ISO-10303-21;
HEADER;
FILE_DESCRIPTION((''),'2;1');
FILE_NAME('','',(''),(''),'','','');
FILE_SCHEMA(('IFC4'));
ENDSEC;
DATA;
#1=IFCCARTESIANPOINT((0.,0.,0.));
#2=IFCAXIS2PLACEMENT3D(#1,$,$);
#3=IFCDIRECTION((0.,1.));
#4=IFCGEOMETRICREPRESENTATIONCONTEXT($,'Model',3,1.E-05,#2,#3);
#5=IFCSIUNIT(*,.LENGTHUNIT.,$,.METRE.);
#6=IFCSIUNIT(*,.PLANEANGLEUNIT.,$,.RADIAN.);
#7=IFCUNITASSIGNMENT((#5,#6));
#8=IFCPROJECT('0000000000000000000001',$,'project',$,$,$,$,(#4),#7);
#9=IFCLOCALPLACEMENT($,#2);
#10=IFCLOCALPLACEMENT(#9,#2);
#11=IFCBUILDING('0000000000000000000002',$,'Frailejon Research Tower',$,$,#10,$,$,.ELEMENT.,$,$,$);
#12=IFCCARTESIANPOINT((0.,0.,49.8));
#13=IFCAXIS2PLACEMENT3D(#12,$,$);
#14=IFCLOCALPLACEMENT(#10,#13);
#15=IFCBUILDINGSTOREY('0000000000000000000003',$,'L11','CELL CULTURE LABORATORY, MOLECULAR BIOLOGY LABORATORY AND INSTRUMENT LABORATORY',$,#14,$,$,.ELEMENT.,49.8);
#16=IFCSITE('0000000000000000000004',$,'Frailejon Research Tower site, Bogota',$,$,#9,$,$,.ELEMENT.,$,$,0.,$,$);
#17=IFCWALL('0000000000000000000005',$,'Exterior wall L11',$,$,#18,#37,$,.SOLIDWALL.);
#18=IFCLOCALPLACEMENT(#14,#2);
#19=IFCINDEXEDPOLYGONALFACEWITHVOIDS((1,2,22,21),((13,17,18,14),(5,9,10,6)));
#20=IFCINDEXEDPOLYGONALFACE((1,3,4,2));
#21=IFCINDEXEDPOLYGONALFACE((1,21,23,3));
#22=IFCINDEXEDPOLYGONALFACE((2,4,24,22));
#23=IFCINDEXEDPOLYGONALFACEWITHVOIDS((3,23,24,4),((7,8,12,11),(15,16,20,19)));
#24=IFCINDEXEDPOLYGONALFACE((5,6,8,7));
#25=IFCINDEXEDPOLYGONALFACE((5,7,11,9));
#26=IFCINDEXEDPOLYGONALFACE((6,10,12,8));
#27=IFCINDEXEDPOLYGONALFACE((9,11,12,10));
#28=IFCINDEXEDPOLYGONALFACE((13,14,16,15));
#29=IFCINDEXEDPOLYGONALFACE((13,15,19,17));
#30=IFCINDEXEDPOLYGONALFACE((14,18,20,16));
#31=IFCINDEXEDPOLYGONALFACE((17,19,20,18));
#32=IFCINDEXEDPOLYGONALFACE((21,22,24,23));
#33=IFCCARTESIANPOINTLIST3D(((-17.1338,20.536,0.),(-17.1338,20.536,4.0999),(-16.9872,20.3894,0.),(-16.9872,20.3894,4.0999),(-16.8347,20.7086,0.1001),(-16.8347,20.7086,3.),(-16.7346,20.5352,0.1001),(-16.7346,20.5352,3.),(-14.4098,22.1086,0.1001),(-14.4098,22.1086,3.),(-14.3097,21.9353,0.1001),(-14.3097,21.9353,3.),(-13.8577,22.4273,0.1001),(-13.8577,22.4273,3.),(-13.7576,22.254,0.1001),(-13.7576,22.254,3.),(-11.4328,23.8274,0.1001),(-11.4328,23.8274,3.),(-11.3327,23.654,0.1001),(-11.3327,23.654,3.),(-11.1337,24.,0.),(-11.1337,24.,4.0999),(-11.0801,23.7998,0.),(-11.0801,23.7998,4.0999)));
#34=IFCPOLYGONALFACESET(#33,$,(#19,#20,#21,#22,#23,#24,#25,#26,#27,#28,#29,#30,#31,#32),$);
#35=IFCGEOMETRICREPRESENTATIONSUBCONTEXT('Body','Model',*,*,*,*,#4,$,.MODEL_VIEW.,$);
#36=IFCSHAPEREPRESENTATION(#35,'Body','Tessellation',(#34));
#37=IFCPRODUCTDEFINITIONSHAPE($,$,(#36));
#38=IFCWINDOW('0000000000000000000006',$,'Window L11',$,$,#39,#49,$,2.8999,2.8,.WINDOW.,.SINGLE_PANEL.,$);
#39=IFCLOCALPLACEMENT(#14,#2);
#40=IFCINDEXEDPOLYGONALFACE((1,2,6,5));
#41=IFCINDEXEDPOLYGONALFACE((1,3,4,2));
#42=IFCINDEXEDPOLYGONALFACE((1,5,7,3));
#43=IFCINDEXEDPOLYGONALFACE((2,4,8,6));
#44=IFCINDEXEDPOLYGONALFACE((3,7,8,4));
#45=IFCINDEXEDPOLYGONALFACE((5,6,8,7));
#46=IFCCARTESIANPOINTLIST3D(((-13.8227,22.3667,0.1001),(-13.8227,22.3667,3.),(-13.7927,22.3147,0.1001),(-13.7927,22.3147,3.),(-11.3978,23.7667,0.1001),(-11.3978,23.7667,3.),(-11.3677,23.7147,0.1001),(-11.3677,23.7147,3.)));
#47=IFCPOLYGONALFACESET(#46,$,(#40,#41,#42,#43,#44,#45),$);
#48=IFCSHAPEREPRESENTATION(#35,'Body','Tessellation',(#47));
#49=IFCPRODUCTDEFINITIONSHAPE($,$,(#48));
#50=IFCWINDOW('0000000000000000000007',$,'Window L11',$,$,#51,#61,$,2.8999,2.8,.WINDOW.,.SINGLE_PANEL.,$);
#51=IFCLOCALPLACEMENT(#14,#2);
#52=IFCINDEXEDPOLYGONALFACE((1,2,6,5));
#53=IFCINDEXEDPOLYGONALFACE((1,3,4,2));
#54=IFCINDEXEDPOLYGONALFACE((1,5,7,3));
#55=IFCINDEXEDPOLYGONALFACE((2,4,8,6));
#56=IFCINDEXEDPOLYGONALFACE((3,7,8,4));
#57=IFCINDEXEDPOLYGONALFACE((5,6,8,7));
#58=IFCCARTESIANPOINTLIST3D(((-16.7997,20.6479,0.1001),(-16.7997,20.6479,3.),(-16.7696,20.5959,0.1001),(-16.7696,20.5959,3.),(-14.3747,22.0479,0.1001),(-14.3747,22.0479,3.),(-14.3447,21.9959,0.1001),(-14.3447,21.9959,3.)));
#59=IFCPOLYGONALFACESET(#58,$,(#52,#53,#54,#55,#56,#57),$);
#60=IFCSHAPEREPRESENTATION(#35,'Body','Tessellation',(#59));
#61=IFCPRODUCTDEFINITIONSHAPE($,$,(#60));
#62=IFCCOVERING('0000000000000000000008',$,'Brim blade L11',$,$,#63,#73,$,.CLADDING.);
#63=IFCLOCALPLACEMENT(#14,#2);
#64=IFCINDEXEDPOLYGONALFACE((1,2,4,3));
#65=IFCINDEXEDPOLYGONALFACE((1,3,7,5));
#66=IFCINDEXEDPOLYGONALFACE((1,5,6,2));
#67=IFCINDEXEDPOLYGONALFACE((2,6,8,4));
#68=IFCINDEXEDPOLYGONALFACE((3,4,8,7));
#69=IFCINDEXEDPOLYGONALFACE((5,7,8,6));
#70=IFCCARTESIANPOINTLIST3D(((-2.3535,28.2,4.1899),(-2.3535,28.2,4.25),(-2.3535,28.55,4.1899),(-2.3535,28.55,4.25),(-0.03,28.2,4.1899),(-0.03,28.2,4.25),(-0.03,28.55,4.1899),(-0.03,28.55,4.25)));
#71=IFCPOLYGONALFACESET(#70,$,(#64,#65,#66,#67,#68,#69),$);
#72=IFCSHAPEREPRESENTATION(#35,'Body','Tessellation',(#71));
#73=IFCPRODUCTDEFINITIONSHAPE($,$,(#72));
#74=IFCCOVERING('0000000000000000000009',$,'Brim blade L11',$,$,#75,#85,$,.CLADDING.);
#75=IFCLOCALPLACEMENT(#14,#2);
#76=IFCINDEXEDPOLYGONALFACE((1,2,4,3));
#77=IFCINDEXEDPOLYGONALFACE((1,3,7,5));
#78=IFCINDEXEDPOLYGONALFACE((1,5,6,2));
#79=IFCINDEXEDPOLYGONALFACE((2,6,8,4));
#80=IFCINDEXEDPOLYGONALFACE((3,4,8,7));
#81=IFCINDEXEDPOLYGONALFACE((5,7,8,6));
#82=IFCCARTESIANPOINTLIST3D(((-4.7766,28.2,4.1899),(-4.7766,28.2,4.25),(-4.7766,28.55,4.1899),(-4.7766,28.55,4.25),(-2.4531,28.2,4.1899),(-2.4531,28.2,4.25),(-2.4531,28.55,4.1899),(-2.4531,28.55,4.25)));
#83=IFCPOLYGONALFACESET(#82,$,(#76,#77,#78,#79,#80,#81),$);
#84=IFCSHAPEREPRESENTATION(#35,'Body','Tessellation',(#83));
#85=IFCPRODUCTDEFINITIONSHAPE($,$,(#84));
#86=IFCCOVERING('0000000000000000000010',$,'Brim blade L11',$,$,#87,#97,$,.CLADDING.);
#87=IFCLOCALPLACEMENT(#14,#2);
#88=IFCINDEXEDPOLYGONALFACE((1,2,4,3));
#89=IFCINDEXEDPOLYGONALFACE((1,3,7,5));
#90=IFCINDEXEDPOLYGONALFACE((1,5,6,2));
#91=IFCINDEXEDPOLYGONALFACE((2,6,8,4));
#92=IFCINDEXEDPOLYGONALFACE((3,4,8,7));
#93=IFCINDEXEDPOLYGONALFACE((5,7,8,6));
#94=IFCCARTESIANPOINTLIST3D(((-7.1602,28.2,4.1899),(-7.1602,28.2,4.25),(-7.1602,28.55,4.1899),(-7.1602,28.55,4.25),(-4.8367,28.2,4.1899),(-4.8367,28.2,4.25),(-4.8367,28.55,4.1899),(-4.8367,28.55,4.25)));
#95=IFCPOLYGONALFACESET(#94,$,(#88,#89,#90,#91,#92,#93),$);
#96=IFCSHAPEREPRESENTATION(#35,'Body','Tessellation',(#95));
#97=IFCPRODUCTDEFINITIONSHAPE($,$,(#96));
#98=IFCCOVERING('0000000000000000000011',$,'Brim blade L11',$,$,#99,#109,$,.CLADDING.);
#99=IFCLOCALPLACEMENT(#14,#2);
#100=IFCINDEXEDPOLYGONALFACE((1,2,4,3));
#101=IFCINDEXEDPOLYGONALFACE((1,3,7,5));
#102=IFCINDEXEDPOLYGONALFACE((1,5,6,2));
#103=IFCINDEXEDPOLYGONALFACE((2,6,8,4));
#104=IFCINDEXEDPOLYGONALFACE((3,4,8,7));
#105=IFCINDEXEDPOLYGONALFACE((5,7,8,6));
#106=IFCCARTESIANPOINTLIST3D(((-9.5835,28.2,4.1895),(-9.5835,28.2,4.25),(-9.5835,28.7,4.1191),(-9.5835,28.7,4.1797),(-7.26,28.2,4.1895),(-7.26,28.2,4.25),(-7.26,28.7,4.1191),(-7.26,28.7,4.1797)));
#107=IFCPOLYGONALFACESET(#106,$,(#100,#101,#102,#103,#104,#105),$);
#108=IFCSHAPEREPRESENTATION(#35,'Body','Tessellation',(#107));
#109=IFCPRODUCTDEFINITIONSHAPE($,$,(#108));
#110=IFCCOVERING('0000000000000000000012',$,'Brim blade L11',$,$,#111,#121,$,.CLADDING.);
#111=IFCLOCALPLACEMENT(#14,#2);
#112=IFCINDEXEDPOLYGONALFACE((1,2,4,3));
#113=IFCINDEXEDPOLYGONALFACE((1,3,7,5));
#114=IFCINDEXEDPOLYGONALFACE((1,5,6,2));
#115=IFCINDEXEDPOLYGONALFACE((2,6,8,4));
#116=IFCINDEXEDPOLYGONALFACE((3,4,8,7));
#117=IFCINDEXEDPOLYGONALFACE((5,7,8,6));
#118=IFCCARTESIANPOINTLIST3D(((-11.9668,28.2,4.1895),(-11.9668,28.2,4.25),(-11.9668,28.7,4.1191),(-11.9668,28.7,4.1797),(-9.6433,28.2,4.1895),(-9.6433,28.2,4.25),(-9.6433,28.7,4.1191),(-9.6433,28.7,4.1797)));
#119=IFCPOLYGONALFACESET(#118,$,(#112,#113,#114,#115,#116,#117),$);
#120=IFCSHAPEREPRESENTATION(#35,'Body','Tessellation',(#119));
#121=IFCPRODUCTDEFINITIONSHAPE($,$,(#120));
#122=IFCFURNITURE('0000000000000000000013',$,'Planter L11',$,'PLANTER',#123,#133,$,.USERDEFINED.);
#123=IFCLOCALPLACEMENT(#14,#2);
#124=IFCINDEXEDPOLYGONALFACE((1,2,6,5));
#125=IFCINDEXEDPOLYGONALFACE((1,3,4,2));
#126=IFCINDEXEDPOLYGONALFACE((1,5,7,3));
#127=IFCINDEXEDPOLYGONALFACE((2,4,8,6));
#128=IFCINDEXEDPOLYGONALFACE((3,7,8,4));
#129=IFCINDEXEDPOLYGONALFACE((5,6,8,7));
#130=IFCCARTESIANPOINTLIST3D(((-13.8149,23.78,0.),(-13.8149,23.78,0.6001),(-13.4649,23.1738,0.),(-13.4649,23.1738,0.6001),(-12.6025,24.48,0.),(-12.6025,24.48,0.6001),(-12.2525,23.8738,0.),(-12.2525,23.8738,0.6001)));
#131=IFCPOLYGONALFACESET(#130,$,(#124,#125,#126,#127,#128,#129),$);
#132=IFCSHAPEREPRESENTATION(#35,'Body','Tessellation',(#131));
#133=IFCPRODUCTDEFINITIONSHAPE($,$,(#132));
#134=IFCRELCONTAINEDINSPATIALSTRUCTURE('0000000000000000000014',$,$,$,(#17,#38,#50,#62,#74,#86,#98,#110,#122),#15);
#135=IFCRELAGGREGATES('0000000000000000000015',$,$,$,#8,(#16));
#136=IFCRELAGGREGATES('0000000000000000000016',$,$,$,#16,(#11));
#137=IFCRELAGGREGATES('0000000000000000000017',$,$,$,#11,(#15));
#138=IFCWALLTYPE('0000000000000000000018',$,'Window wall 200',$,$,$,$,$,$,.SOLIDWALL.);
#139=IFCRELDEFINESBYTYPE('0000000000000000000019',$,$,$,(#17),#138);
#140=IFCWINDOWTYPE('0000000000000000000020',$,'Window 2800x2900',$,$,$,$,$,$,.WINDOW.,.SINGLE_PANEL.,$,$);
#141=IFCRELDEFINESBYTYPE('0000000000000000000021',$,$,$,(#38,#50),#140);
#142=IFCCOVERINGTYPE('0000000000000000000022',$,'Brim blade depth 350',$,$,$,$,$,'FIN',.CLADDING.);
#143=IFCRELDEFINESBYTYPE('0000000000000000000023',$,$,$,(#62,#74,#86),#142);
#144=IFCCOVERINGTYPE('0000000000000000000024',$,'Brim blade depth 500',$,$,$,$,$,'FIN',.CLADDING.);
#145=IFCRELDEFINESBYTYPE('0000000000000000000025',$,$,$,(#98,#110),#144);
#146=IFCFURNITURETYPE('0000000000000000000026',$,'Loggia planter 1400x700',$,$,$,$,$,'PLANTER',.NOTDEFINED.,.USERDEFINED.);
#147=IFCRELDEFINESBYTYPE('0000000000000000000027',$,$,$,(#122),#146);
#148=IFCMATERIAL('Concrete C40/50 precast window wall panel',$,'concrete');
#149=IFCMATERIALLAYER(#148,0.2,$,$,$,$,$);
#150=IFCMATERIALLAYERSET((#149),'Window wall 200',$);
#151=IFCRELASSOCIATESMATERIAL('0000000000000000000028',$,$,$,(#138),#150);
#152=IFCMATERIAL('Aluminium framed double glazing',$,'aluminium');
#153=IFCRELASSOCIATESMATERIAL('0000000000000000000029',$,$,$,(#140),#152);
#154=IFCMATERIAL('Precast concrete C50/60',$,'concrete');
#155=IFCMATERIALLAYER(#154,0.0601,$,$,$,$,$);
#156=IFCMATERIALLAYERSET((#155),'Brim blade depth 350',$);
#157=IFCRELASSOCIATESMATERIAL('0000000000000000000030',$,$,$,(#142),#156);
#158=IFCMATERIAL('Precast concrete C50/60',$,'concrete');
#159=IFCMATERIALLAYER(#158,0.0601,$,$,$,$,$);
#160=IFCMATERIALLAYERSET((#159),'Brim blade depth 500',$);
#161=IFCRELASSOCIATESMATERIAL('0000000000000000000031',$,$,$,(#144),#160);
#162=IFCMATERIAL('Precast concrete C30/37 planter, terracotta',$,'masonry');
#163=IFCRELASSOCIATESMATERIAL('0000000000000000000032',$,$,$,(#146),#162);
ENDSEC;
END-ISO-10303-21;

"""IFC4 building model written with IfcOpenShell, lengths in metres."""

from ifc_helpers import new_model, si_unit, direction, frame, frame_2d, origin, origin_2d, place, context, subcontext, project, spatial, polyline, rectangle, outline, extrude, material, layer, layer_set, type_object, element, fill, save


model = new_model("IFC4")

# Units and contexts
model_context = context("Model", 3, precision=1e-05, world=origin(), true_north=direction((0.0, 1.0)))
body_context = subcontext(model_context, "Body", "Model", "MODEL_VIEW")
ifc_project = project(units=[si_unit("LENGTHUNIT", "METRE"), si_unit("PLANEANGLEUNIT", "RADIAN")], contexts=[model_context])

# Site, building, storey
site_placement = place(None, origin())
site = spatial("IfcSite", under=ifc_project, at=site_placement, Name="Frailejon Research Tower site, Bogota", CompositionType="ELEMENT", RefElevation=0.0)
building_placement = place(site_placement, origin())
building = spatial("IfcBuilding", under=site, at=building_placement, Name="Frailejon Research Tower", CompositionType="ELEMENT")
storey_placement = place(building_placement, frame((0.0, 0.0, 49.8)))
storey = spatial("IfcBuildingStorey", under=building, at=storey_placement, Name="L11", Description="CELL CULTURE LABORATORY, MOLECULAR BIOLOGY LABORATORY AND INSTRUMENT LABORATORY", CompositionType="ELEMENT", Elevation=49.8)

# Wall, openings, windows
ifc_material_1 = material(Name="Concrete C40/50 precast window wall panel", Category="concrete")
ifc_layer_1 = layer(ifc_material_1, 0.2)
ifc_layer_set_1 = layer_set([ifc_layer_1], Name="Window wall 200")
wall_type_1 = type_object("IfcWallType", Name="Window wall 200", PredefinedType="SOLIDWALL", material=ifc_layer_set_1)
wall_1_placement = place(storey_placement, frame((-11.1069, 23.8999, 0.0), z_axis=(0.0, 0.0, 1.0), x_axis=(-0.866029, -0.499993, 0.0)))
wall_1 = element("IfcWall", 1, at=wall_1_placement, inside=storey, type_object=wall_type_1, Name="Exterior wall L11", PredefinedType="SOLIDWALL", context=body_context, shape_type="SweptSolid", body=[
    extrude(outline(polyline([(-0.0269, -0.1001), (1.1279, -0.1001), (2.2825, -0.1001), (3.4373, -0.1001), (4.592, -0.1001), (5.7466, -0.1001), (6.9014, -0.1001), (6.8477, 0.1001), (5.7109, 0.1001), (4.574, 0.1001), (3.4373, 0.1001), (2.3005, 0.1001), (1.1636, 0.1001), (0.0269, 0.1001), (-0.0269, -0.1001)])), origin(), (0.0, 0.0, 1.0), 4.0999),
])
opening_1_placement = place(wall_1_placement, frame((0.3186, 0.0, 0.1001)))
opening_1 = element("IfcOpeningElement", 2, at=opening_1_placement, cuts=wall_1, PredefinedType="OPENING", context=body_context, shape_type="SweptSolid", body=[
    extrude(rectangle(XDim=2.8, YDim=2.8999, at=frame_2d((1.3999, 1.45))), frame((0.0, 0.1099, 0.0), z_axis=(0.0, -1.0, 0.0), x_axis=(1.0, 0.0, 0.0)), (0.0, 0.0, 1.0), 0.22),
])
opening_2_placement = place(wall_1_placement, frame((3.7561, 0.0, 0.1001)))
opening_2 = element("IfcOpeningElement", 3, at=opening_2_placement, cuts=wall_1, PredefinedType="OPENING", context=body_context, shape_type="SweptSolid", body=[
    extrude(rectangle(XDim=2.8, YDim=2.8999, at=frame_2d((1.3999, 1.45))), frame((0.0, 0.1099, 0.0), z_axis=(0.0, -1.0, 0.0), x_axis=(1.0, 0.0, 0.0)), (0.0, 0.0, 1.0), 0.22),
])
ifc_material_2 = material(Name="Aluminium framed double glazing", Category="aluminium")
window_type = type_object("IfcWindowType", Name="Window 2800x2900", PartitioningType="SINGLE_PANEL", PredefinedType="WINDOW", material=ifc_material_2)
window_1_placement = place(opening_1_placement, origin())
window_1 = element("IfcWindow", 4, at=window_1_placement, inside=storey, type_object=window_type, Name="Window L11", OverallHeight=2.8999, OverallWidth=2.8, PartitioningType="SINGLE_PANEL", PredefinedType="WINDOW", context=body_context, shape_type="SweptSolid", body=[
    extrude(rectangle(XDim=2.8, YDim=2.8999, at=frame_2d((1.3999, 1.45))), frame((0.0, 0.03, 0.0), z_axis=(0.0, -1.0, 0.0), x_axis=(1.0, 0.0, 0.0)), (0.0, 0.0, 1.0), 0.0601),
])
fill(opening_1, window_1)
window_2_placement = place(opening_2_placement, origin())
window_2 = element("IfcWindow", 5, at=window_2_placement, inside=storey, type_object=window_type, Name="Window L11", OverallHeight=2.8999, OverallWidth=2.8, PartitioningType="SINGLE_PANEL", PredefinedType="WINDOW", context=body_context, shape_type="SweptSolid", body=[
    extrude(rectangle(XDim=2.8, YDim=2.8999, at=frame_2d((1.3999, 1.45))), frame((0.0, 0.03, 0.0), z_axis=(0.0, -1.0, 0.0), x_axis=(1.0, 0.0, 0.0)), (0.0, 0.0, 1.0), 0.0601),
])
fill(opening_2, window_2)

# Coverings
ifc_material_3 = material(Name="Precast concrete C50/60", Category="concrete")
ifc_layer_2 = layer(ifc_material_3, 0.0601)
ifc_layer_set_2 = layer_set([ifc_layer_2], Name="Brim blade depth 350")
covering_type_1 = type_object("IfcCoveringType", Name="Brim blade depth 350", ElementType="FIN", PredefinedType="CLADDING", material=ifc_layer_set_2)
for number, where, z_axis, x_axis, name in (
    (6, (-2.3535, 28.2, 4.25), (1.0, 0.0, 0.0), (0.0, 1.0, 0.0), "Brim blade L11"),
    (7, (-4.7766, 28.2, 4.25), (1.0, 0.0, 0.0), (0.0, 1.0, 0.0), "Brim blade L11"),
    (8, (-7.1602, 28.2, 4.25), (1.0, 0.0, 0.0), (0.0, 1.0, 0.0), "Brim blade L11"),
):
    element("IfcCovering", number, at=place(storey_placement, frame(where, z_axis=z_axis, x_axis=x_axis)), inside=storey, type_object=covering_type_1, Name=name, PredefinedType="CLADDING", context=body_context, shape_type="SweptSolid", body=[
        extrude(outline(polyline([(0.0, -0.0601), (0.3501, -0.0601), (0.3501, 0.0), (0.0, 0.0), (0.0, -0.0601)])), origin(), (0.0, 0.0, 1.0), 2.3235),
    ])
ifc_material_4 = material(Name="Precast concrete C50/60", Category="concrete")
ifc_layer_3 = layer(ifc_material_4, 0.0601)
ifc_layer_set_3 = layer_set([ifc_layer_3], Name="Brim blade depth 500")
covering_type_2 = type_object("IfcCoveringType", Name="Brim blade depth 500", ElementType="FIN", PredefinedType="CLADDING", material=ifc_layer_set_3)
for number, where, z_axis, x_axis, name in (
    (9, (-9.5835, 28.2, 4.25), (1.0, 0.0, 0.0), (0.0, 1.0, 0.0), "Brim blade L11"),
    (10, (-11.9668, 28.2, 4.25), (1.0, 0.0, 0.0), (0.0, 1.0, 0.0), "Brim blade L11"),
):
    element("IfcCovering", number, at=place(storey_placement, frame(where, z_axis=z_axis, x_axis=x_axis)), inside=storey, type_object=covering_type_2, Name=name, PredefinedType="CLADDING", context=body_context, shape_type="SweptSolid", body=[
        extrude(outline(polyline([(0.0, -0.0605), (0.5, -0.1309), (0.5, -0.0703), (0.0, 0.0), (0.0, -0.0605)])), origin(), (0.0, 0.0, 1.0), 2.3235),
    ])

# Furniture
ifc_material_5 = material(Name="Precast concrete C30/37 planter, terracotta", Category="masonry")
furniture_type = type_object("IfcFurnitureType", Name="Loggia planter 1400x700", ElementType="PLANTER", AssemblyPlace="NOTDEFINED", PredefinedType="USERDEFINED", material=ifc_material_5)
furniture_placement = place(storey_placement, frame((-13.0337, 23.8269, 0.0), z_axis=(0.0, 0.0, 1.0), x_axis=(-0.866025, -0.5, 0.0)))
element("IfcFurniture", 11, at=furniture_placement, inside=storey, type_object=furniture_type, Name="Planter L11", ObjectType="PLANTER", PredefinedType="USERDEFINED", context=body_context, shape_type="SweptSolid", body=[
    extrude(rectangle(XDim=1.3999, YDim=0.7, at=origin_2d()), origin(), (0.0, 0.0, 1.0), 0.6001),
])

save(model, "model.ifc")
